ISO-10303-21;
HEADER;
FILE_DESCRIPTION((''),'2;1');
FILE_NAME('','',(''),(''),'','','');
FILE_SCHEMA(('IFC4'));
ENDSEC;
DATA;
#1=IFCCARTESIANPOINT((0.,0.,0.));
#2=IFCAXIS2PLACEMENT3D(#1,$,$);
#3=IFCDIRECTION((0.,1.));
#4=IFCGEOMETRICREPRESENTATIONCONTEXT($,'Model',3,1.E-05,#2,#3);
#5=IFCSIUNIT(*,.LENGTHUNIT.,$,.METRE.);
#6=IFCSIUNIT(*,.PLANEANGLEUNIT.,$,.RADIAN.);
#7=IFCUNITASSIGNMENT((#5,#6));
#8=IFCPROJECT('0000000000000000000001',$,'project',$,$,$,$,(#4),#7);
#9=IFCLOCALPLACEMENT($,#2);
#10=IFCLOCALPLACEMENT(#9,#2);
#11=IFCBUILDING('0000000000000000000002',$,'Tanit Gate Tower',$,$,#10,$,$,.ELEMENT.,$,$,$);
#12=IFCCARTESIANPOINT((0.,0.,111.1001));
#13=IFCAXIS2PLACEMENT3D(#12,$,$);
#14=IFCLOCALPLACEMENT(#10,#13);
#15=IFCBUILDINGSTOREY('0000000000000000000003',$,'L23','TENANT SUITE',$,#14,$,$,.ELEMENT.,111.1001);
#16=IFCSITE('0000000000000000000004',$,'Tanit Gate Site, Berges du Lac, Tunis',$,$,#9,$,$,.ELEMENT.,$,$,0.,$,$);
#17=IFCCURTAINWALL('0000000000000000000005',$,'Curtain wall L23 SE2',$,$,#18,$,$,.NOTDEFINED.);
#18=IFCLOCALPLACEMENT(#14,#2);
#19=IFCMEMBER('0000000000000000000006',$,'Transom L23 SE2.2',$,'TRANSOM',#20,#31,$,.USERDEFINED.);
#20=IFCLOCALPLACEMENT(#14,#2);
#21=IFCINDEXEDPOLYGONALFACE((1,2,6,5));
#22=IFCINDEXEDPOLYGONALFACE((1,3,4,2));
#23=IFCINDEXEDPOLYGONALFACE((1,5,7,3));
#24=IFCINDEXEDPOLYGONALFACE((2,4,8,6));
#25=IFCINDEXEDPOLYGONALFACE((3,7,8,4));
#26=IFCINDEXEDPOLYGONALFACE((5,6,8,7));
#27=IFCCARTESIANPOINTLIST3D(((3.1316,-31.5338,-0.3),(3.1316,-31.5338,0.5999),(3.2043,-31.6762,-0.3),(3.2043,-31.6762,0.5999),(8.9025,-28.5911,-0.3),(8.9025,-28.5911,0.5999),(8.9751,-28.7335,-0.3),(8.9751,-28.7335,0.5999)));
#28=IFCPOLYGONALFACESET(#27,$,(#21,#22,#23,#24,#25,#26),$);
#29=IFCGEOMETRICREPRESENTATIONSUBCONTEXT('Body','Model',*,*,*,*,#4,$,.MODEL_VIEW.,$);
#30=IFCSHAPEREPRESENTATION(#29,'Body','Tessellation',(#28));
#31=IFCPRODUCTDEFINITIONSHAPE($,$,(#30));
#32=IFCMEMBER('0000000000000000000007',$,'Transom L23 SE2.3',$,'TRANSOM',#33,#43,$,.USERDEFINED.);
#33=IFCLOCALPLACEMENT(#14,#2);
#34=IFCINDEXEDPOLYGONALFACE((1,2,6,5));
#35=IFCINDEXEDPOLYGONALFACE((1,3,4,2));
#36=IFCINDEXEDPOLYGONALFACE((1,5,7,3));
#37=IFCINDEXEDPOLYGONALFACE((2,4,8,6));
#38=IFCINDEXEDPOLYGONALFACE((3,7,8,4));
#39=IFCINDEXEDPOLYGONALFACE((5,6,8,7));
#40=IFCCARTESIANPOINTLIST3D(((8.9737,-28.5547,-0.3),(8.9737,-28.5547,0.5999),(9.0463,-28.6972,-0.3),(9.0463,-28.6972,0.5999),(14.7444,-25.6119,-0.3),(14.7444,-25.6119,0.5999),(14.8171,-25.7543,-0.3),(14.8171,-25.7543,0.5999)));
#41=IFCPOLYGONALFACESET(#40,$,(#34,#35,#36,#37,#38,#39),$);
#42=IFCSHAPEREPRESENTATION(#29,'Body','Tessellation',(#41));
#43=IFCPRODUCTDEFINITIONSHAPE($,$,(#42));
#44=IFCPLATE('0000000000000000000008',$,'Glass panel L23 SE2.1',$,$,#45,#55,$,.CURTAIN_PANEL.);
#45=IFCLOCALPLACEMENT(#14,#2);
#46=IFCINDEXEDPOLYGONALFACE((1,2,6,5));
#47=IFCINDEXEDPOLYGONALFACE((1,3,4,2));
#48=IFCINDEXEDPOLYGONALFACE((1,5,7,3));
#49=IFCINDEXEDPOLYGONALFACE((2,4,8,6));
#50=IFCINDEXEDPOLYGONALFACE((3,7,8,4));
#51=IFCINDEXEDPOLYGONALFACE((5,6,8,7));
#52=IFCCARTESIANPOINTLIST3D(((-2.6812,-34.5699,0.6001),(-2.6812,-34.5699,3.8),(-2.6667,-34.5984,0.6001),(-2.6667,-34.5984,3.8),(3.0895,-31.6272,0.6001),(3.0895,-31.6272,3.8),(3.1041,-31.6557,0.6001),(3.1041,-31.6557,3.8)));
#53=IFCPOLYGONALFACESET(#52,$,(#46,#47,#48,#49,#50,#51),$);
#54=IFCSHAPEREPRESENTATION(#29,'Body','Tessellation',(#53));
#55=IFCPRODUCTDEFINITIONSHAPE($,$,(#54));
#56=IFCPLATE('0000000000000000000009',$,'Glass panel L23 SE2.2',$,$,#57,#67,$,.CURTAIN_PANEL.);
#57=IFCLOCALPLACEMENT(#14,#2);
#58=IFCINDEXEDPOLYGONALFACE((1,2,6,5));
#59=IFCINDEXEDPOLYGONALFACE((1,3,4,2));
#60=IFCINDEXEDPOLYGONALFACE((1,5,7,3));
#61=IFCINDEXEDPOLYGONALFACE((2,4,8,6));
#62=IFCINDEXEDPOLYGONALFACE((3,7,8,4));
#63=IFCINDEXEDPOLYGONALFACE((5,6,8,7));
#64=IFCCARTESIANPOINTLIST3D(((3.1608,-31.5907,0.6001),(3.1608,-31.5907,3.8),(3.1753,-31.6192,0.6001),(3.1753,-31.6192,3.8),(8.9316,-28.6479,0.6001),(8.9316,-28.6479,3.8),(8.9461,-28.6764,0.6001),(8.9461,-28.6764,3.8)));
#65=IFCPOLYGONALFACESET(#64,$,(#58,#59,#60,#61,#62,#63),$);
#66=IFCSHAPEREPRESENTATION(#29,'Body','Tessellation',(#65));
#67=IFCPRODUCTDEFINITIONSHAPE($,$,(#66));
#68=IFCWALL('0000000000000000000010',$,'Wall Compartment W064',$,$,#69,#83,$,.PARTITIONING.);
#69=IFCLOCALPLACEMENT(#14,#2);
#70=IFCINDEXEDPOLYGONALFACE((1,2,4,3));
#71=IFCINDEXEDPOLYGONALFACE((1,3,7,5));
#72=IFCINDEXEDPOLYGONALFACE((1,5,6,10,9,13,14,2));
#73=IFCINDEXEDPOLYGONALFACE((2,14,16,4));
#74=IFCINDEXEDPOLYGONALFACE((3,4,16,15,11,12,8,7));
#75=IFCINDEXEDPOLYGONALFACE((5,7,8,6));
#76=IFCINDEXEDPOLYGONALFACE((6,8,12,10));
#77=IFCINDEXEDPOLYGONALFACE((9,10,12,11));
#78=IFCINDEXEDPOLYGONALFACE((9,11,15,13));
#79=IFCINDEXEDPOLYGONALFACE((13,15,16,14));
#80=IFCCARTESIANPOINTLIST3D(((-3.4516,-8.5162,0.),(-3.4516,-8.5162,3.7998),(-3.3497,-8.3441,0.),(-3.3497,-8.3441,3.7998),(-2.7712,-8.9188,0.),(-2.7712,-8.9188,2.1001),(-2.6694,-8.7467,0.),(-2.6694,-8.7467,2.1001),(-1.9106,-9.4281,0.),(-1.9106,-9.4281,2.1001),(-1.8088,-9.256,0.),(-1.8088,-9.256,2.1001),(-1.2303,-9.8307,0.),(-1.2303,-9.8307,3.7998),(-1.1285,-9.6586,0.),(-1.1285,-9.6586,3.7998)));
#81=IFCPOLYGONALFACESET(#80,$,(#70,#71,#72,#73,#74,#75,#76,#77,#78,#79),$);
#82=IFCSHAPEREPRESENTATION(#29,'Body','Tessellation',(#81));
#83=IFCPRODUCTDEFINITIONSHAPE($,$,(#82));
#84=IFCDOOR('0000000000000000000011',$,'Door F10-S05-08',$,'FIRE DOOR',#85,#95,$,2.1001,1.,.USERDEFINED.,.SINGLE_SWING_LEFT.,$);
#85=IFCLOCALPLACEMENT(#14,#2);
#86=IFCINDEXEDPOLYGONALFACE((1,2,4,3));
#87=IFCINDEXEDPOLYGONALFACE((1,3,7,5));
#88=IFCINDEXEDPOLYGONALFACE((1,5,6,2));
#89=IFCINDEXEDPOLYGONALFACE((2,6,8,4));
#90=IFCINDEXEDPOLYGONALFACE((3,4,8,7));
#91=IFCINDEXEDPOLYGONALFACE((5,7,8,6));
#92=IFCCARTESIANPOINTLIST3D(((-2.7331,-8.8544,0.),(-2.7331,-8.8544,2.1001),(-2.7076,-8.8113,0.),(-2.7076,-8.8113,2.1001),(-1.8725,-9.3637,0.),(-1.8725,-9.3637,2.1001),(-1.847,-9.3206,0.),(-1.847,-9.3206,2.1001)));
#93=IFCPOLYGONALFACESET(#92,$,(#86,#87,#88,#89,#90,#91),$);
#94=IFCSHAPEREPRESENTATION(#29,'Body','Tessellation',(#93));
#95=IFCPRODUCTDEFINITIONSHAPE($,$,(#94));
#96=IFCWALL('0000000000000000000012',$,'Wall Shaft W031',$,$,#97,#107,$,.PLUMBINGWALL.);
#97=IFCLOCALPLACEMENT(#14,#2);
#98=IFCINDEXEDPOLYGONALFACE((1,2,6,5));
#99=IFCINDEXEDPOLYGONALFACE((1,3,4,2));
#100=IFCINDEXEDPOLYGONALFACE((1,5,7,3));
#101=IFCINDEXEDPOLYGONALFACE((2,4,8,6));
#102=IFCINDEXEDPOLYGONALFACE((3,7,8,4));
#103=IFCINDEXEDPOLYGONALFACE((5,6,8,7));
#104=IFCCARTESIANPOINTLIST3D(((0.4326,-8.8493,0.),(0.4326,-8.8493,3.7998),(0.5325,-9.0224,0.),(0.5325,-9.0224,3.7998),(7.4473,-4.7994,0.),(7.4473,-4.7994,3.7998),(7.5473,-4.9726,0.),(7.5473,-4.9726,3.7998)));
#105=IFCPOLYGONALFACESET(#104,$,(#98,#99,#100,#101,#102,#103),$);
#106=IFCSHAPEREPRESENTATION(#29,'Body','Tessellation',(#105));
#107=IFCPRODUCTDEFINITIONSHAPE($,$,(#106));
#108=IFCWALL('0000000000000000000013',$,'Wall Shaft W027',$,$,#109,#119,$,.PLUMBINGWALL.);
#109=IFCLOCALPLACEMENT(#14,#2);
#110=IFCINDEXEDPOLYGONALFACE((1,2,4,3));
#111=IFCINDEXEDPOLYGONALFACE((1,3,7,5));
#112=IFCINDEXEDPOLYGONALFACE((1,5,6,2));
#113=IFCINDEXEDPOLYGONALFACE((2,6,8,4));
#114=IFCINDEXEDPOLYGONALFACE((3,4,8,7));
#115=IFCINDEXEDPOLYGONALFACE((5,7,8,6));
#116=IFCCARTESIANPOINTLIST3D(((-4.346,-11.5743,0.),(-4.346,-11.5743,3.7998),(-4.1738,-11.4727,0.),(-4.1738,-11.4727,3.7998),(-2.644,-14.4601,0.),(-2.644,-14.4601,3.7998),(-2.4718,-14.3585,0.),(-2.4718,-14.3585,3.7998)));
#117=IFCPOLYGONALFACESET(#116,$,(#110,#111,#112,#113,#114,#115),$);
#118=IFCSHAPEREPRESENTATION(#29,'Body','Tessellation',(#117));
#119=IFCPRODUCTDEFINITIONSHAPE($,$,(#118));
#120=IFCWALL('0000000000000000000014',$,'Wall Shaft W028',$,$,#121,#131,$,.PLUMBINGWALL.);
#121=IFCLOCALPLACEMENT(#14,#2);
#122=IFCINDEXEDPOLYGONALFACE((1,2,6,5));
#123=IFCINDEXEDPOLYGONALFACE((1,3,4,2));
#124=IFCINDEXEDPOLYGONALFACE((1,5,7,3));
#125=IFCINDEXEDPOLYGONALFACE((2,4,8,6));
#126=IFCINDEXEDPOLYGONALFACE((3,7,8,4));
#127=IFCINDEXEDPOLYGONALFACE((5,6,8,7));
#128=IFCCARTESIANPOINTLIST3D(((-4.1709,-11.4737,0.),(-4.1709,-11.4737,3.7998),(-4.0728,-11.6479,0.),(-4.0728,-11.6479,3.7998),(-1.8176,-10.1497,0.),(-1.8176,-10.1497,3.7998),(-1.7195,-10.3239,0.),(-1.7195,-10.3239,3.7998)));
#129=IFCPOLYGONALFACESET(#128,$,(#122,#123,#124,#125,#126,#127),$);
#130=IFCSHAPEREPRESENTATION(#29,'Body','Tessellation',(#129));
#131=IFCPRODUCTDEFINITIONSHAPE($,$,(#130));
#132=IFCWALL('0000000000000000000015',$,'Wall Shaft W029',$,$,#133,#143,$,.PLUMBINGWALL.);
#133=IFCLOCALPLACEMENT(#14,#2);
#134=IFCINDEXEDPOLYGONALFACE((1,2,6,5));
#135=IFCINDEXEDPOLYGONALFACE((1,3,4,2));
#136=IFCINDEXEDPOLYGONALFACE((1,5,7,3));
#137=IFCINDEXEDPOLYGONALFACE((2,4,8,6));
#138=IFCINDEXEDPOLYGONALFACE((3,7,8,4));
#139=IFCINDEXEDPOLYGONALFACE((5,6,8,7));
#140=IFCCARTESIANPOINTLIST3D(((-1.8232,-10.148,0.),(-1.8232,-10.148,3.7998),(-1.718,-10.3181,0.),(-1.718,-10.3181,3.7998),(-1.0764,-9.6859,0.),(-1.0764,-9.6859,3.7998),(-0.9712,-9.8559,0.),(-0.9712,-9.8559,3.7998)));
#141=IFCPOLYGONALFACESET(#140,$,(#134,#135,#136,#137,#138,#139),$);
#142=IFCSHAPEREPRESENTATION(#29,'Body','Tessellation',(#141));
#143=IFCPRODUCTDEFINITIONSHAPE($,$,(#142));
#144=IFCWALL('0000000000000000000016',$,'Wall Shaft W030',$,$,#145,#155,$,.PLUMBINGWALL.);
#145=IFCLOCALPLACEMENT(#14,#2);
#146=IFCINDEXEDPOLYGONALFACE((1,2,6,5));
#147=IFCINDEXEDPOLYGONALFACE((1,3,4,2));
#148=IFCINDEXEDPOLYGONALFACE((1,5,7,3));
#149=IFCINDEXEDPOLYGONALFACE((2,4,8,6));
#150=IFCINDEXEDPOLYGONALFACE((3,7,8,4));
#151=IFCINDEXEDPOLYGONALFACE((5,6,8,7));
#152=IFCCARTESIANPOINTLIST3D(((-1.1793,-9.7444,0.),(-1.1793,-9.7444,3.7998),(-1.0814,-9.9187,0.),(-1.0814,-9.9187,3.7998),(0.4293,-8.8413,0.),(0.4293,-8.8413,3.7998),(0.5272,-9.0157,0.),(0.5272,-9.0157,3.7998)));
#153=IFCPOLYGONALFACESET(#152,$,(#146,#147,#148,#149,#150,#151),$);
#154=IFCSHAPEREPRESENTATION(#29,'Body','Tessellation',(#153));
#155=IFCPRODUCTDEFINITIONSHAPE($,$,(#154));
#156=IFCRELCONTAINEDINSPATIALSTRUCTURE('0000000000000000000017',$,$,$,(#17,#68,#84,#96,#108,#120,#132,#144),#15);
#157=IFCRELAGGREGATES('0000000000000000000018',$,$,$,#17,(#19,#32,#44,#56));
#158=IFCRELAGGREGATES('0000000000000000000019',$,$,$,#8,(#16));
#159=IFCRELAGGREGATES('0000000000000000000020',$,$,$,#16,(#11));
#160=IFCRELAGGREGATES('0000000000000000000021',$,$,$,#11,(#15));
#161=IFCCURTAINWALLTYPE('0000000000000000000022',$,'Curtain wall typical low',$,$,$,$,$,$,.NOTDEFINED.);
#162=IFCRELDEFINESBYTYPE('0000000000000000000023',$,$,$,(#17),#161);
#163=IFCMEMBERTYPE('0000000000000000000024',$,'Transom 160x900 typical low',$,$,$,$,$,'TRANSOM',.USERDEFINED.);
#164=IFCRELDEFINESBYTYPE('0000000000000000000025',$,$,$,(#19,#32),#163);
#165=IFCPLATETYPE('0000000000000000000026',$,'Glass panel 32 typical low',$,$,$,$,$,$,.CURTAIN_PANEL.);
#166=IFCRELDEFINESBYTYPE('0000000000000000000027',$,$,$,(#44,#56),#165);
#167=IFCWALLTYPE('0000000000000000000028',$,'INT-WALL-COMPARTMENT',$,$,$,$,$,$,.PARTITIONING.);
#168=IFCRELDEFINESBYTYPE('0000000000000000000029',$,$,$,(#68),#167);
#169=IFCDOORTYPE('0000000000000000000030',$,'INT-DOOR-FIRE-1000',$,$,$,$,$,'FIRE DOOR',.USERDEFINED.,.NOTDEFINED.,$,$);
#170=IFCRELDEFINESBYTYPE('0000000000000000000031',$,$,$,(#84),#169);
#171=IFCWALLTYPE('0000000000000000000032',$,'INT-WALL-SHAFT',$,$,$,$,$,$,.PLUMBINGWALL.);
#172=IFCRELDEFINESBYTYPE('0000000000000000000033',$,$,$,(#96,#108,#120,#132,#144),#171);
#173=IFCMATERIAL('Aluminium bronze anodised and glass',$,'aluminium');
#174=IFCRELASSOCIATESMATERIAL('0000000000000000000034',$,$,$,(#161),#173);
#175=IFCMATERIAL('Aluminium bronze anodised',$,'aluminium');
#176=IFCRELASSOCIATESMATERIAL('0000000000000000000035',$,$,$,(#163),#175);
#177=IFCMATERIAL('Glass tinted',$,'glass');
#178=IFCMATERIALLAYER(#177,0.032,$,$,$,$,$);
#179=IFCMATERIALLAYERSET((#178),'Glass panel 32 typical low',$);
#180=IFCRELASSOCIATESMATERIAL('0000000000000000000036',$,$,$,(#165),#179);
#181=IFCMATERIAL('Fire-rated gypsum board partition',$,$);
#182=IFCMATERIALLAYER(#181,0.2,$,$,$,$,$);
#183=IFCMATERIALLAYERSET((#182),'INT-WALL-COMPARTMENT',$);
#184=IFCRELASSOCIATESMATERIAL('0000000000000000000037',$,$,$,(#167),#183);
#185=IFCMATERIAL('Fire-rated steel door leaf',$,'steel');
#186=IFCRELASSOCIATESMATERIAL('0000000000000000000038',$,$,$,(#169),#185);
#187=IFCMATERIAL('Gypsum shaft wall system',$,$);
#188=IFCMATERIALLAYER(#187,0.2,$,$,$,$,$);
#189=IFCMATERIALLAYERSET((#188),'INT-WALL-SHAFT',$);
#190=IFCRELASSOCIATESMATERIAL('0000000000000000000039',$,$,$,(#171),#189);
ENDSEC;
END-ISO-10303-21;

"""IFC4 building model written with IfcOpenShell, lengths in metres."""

from ifc_helpers import new_model, si_unit, direction, frame, frame_2d, origin, origin_2d, place, context, subcontext, project, spatial, rectangle, extrude, material, layer, layer_set, material_profile, profile_set, type_object, element, fill, aggregate, save


model = new_model("IFC4")

# Units and contexts
model_context = context("Model", 3, precision=1e-05, world=origin(), true_north=direction((0.0, 1.0)))
body_context = subcontext(model_context, "Body", "Model", "MODEL_VIEW")
ifc_project = project(units=[si_unit("LENGTHUNIT", "METRE"), si_unit("PLANEANGLEUNIT", "RADIAN")], contexts=[model_context])

# Site, building, storey
site_placement = place(None, origin())
site = spatial("IfcSite", under=ifc_project, at=site_placement, Name="Tanit Gate Site, Berges du Lac, Tunis", CompositionType="ELEMENT", RefElevation=0.0)
building_placement = place(site_placement, origin())
building = spatial("IfcBuilding", under=site, at=building_placement, Name="Tanit Gate Tower", CompositionType="ELEMENT")
storey_placement = place(building_placement, frame((0.0, 0.0, 111.1001)))
storey = spatial("IfcBuildingStorey", under=building, at=storey_placement, Name="L23", Description="TENANT SUITE", CompositionType="ELEMENT", Elevation=111.1001)

# Curtain wall
ifc_material_1 = material(Name="Aluminium bronze anodised and glass", Category="aluminium")
curtain_wall_type = type_object("IfcCurtainWallType", Name="Curtain wall typical low", PredefinedType="NOTDEFINED", material=ifc_material_1)
curtain_wall_1_placement = place(storey_placement, origin())
curtain_wall_1 = element("IfcCurtainWall", 1, at=curtain_wall_1_placement, inside=storey, type_object=curtain_wall_type, Name="Curtain wall L23 SE2", PredefinedType="NOTDEFINED")

# Members
ifc_material_2 = material(Name="Aluminium bronze anodised", Category="aluminium")
ifc_material_profile_1 = material_profile(ifc_material_2, rectangle(XDim=0.1599, YDim=0.8999, at=origin_2d()), Name="160x900 bronze transom")
ifc_profile_set_1 = profile_set([ifc_material_profile_1], Name="Aluminium bronze anodised")
member_type_1 = type_object("IfcMemberType", Name="Transom 160x900 typical low", ElementType="TRANSOM", PredefinedType="USERDEFINED", material=ifc_profile_set_1)
member_1_placement = place(storey_placement, frame((3.168, -31.605, 0.1499), z_axis=(0.890864, 0.45427, 0.0), x_axis=(-0.45427, 0.890864, 0.0)))
member_1 = element("IfcMember", 2, at=member_1_placement, type_object=member_type_1, Name="Transom L23 SE2.2", ObjectType="TRANSOM", PredefinedType="USERDEFINED", context=body_context, shape_type="SweptSolid", body=[
    extrude(rectangle(XDim=0.1599, YDim=0.8999, at=origin_2d()), origin(), (0.0, 0.0, 1.0), 6.4778),
])
member_2_placement = place(storey_placement, frame((9.01, -28.626, 0.1499), z_axis=(0.890849, 0.4543, 0.0), x_axis=(-0.4543, 0.890849, 0.0)))
member_2 = element("IfcMember", 3, at=member_2_placement, type_object=member_type_1, Name="Transom L23 SE2.3", ObjectType="TRANSOM", PredefinedType="USERDEFINED", context=body_context, shape_type="SweptSolid", body=[
    extrude(rectangle(XDim=0.1599, YDim=0.8999, at=origin_2d()), origin(), (0.0, 0.0, 1.0), 6.4778),
])

# Plates
ifc_material_3 = material(Name="Glass tinted", Category="glass")
ifc_layer_1 = layer(ifc_material_3, 0.032)
ifc_layer_set_1 = layer_set([ifc_layer_1], Name="Glass panel 32 typical low")
plate_type = type_object("IfcPlateType", Name="Glass panel 32 typical low", PredefinedType="CURTAIN_PANEL", material=ifc_layer_set_1)
plate_1_placement = place(storey_placement, frame((0.2114, -33.1128, 0.6001), z_axis=(0.0, 0.0, 1.0), x_axis=(0.890855, 0.454288, 0.0)))
plate_1 = element("IfcPlate", 4, at=plate_1_placement, type_object=plate_type, Name="Glass panel L23 SE2.1", PredefinedType="CURTAIN_PANEL", context=body_context, shape_type="SweptSolid", body=[
    extrude(rectangle(XDim=6.4778, YDim=0.032, at=origin_2d()), origin(), (0.0, 0.0, 1.0), 3.2),
])
plate_2_placement = place(storey_placement, frame((6.0535, -30.1335, 0.6001), z_axis=(0.0, 0.0, 1.0), x_axis=(0.890855, 0.454288, 0.0)))
plate_2 = element("IfcPlate", 5, at=plate_2_placement, type_object=plate_type, Name="Glass panel L23 SE2.2", PredefinedType="CURTAIN_PANEL", context=body_context, shape_type="SweptSolid", body=[
    extrude(rectangle(XDim=6.4778, YDim=0.032, at=origin_2d()), origin(), (0.0, 0.0, 1.0), 3.2),
])
aggregate(curtain_wall_1, [member_1, member_2, plate_1, plate_2])

# Wall, opening, door
ifc_material_4 = material(Name="Fire-rated gypsum board partition")
ifc_layer_2 = layer(ifc_material_4, 0.2)
ifc_layer_set_2 = layer_set([ifc_layer_2], Name="INT-WALL-COMPARTMENT")
wall_type_1 = type_object("IfcWallType", Name="INT-WALL-COMPARTMENT", PredefinedType="PARTITIONING", material=ifc_layer_set_2)
wall_1_placement = place(storey_placement, frame((-3.4006, -8.4302, 0.0), z_axis=(0.0, 0.0, 1.0), x_axis=(0.860599, -0.509284, 0.0)))
wall_1 = element("IfcWall", 6, at=wall_1_placement, inside=storey, type_object=wall_type_1, Name="Wall Compartment W064", PredefinedType="PARTITIONING", context=body_context, shape_type="SweptSolid", body=[
    extrude(rectangle(XDim=2.5811, YDim=0.2, at=frame_2d((1.2905, 0.0))), origin(), (0.0, 0.0, 1.0), 3.7998),
])
opening_placement = place(wall_1_placement, frame((0.7905, 0.0, 0.0)))
opening = element("IfcOpeningElement", 7, at=opening_placement, cuts=wall_1, PredefinedType="OPENING", context=body_context, shape_type="SweptSolid", body=[
    extrude(rectangle(XDim=1.0, YDim=2.1001, at=frame_2d((0.5, 1.05))), frame((0.0, 0.1099, 0.0), z_axis=(0.0, -1.0, 0.0), x_axis=(1.0, 0.0, 0.0)), (0.0, 0.0, 1.0), 0.22),
])
ifc_material_5 = material(Name="Fire-rated steel door leaf", Category="steel")
door_type = type_object("IfcDoorType", Name="INT-DOOR-FIRE-1000", ElementType="FIRE DOOR", OperationType="NOTDEFINED", PredefinedType="USERDEFINED", material=ifc_material_5)
door_placement = place(opening_placement, origin())
door = element("IfcDoor", 8, at=door_placement, inside=storey, type_object=door_type, Name="Door F10-S05-08", ObjectType="FIRE DOOR", OperationType="SINGLE_SWING_LEFT", OverallHeight=2.1001, OverallWidth=1.0, PredefinedType="USERDEFINED", context=body_context, shape_type="SweptSolid", body=[
    extrude(rectangle(XDim=1.0, YDim=2.1001, at=frame_2d((0.5, 1.05))), frame((0.0, 0.0249, 0.0), z_axis=(0.0, -1.0, 0.0), x_axis=(1.0, 0.0, 0.0)), (0.0, 0.0, 1.0), 0.05),
])
fill(opening, door)

# Walls
ifc_material_6 = material(Name="Gypsum shaft wall system")
ifc_layer_3 = layer(ifc_material_6, 0.2)
ifc_layer_set_3 = layer_set([ifc_layer_3], Name="INT-WALL-SHAFT")
wall_type_2 = type_object("IfcWallType", Name="INT-WALL-SHAFT", PredefinedType="PLUMBINGWALL", material=ifc_layer_set_3)
wall_2_placement = place(storey_placement, frame((0.4827, -8.9358, 0.0), z_axis=(0.0, 0.0, 1.0), x_axis=(0.866031, 0.49999, 0.0)))
element("IfcWall", 9, at=wall_2_placement, inside=storey, type_object=wall_type_2, Name="Wall Shaft W031", PredefinedType="PLUMBINGWALL", context=body_context, shape_type="SweptSolid", body=[
    extrude(rectangle(XDim=8.0999, YDim=0.2, at=frame_2d((4.0498, 0.0))), origin(), (0.0, 0.0, 1.0), 3.7998),
])
wall_3_placement = place(storey_placement, frame((-2.5579, -14.4094, 0.0), z_axis=(0.0, 0.0, 1.0), x_axis=(-0.507997, 0.861359, 0.0)))
element("IfcWall", 10, at=wall_3_placement, inside=storey, type_object=wall_type_2, Name="Wall Shaft W027", PredefinedType="PLUMBINGWALL", context=body_context, shape_type="SweptSolid", body=[
    extrude(rectangle(XDim=3.3503, YDim=0.2, at=frame_2d((1.6753, 0.0))), origin(), (0.0, 0.0, 1.0), 3.7998),
])
wall_4_placement = place(storey_placement, frame((-1.7686, -10.2368, 0.0), z_axis=(0.0, 0.0, 1.0), x_axis=(-0.871534, -0.490334, 0.0)))
element("IfcWall", 11, at=wall_4_placement, inside=storey, type_object=wall_type_2, Name="Wall Shaft W028", PredefinedType="PLUMBINGWALL", context=body_context, shape_type="SweptSolid", body=[
    extrude(rectangle(XDim=2.7002, YDim=0.2, at=frame_2d((1.3501, 0.0))), origin(), (0.0, 0.0, 1.0), 3.7998),
])
wall_5_placement = place(storey_placement, frame((-1.0239, -9.771, 0.0), z_axis=(0.0, 0.0, 1.0), x_axis=(-0.850348, -0.526221, 0.0)))
element("IfcWall", 12, at=wall_5_placement, inside=storey, type_object=wall_type_2, Name="Wall Shaft W029", PredefinedType="PLUMBINGWALL", context=body_context, shape_type="SweptSolid", body=[
    extrude(rectangle(XDim=0.8782, YDim=0.2, at=frame_2d((0.439, 0.0))), origin(), (0.0, 0.0, 1.0), 3.7998),
])
wall_6_placement = place(storey_placement, frame((-1.1304, -9.8315, 0.0), z_axis=(0.0, 0.0, 1.0), x_axis=(0.871989, 0.489526, 0.0)))
element("IfcWall", 13, at=wall_6_placement, inside=storey, type_object=wall_type_2, Name="Wall Shaft W030", PredefinedType="PLUMBINGWALL", context=body_context, shape_type="SweptSolid", body=[
    extrude(rectangle(XDim=1.8447, YDim=0.2, at=frame_2d((0.9224, 0.0))), origin(), (0.0, 0.0, 1.0), 3.7998),
])

save(model, "model.ifc")
